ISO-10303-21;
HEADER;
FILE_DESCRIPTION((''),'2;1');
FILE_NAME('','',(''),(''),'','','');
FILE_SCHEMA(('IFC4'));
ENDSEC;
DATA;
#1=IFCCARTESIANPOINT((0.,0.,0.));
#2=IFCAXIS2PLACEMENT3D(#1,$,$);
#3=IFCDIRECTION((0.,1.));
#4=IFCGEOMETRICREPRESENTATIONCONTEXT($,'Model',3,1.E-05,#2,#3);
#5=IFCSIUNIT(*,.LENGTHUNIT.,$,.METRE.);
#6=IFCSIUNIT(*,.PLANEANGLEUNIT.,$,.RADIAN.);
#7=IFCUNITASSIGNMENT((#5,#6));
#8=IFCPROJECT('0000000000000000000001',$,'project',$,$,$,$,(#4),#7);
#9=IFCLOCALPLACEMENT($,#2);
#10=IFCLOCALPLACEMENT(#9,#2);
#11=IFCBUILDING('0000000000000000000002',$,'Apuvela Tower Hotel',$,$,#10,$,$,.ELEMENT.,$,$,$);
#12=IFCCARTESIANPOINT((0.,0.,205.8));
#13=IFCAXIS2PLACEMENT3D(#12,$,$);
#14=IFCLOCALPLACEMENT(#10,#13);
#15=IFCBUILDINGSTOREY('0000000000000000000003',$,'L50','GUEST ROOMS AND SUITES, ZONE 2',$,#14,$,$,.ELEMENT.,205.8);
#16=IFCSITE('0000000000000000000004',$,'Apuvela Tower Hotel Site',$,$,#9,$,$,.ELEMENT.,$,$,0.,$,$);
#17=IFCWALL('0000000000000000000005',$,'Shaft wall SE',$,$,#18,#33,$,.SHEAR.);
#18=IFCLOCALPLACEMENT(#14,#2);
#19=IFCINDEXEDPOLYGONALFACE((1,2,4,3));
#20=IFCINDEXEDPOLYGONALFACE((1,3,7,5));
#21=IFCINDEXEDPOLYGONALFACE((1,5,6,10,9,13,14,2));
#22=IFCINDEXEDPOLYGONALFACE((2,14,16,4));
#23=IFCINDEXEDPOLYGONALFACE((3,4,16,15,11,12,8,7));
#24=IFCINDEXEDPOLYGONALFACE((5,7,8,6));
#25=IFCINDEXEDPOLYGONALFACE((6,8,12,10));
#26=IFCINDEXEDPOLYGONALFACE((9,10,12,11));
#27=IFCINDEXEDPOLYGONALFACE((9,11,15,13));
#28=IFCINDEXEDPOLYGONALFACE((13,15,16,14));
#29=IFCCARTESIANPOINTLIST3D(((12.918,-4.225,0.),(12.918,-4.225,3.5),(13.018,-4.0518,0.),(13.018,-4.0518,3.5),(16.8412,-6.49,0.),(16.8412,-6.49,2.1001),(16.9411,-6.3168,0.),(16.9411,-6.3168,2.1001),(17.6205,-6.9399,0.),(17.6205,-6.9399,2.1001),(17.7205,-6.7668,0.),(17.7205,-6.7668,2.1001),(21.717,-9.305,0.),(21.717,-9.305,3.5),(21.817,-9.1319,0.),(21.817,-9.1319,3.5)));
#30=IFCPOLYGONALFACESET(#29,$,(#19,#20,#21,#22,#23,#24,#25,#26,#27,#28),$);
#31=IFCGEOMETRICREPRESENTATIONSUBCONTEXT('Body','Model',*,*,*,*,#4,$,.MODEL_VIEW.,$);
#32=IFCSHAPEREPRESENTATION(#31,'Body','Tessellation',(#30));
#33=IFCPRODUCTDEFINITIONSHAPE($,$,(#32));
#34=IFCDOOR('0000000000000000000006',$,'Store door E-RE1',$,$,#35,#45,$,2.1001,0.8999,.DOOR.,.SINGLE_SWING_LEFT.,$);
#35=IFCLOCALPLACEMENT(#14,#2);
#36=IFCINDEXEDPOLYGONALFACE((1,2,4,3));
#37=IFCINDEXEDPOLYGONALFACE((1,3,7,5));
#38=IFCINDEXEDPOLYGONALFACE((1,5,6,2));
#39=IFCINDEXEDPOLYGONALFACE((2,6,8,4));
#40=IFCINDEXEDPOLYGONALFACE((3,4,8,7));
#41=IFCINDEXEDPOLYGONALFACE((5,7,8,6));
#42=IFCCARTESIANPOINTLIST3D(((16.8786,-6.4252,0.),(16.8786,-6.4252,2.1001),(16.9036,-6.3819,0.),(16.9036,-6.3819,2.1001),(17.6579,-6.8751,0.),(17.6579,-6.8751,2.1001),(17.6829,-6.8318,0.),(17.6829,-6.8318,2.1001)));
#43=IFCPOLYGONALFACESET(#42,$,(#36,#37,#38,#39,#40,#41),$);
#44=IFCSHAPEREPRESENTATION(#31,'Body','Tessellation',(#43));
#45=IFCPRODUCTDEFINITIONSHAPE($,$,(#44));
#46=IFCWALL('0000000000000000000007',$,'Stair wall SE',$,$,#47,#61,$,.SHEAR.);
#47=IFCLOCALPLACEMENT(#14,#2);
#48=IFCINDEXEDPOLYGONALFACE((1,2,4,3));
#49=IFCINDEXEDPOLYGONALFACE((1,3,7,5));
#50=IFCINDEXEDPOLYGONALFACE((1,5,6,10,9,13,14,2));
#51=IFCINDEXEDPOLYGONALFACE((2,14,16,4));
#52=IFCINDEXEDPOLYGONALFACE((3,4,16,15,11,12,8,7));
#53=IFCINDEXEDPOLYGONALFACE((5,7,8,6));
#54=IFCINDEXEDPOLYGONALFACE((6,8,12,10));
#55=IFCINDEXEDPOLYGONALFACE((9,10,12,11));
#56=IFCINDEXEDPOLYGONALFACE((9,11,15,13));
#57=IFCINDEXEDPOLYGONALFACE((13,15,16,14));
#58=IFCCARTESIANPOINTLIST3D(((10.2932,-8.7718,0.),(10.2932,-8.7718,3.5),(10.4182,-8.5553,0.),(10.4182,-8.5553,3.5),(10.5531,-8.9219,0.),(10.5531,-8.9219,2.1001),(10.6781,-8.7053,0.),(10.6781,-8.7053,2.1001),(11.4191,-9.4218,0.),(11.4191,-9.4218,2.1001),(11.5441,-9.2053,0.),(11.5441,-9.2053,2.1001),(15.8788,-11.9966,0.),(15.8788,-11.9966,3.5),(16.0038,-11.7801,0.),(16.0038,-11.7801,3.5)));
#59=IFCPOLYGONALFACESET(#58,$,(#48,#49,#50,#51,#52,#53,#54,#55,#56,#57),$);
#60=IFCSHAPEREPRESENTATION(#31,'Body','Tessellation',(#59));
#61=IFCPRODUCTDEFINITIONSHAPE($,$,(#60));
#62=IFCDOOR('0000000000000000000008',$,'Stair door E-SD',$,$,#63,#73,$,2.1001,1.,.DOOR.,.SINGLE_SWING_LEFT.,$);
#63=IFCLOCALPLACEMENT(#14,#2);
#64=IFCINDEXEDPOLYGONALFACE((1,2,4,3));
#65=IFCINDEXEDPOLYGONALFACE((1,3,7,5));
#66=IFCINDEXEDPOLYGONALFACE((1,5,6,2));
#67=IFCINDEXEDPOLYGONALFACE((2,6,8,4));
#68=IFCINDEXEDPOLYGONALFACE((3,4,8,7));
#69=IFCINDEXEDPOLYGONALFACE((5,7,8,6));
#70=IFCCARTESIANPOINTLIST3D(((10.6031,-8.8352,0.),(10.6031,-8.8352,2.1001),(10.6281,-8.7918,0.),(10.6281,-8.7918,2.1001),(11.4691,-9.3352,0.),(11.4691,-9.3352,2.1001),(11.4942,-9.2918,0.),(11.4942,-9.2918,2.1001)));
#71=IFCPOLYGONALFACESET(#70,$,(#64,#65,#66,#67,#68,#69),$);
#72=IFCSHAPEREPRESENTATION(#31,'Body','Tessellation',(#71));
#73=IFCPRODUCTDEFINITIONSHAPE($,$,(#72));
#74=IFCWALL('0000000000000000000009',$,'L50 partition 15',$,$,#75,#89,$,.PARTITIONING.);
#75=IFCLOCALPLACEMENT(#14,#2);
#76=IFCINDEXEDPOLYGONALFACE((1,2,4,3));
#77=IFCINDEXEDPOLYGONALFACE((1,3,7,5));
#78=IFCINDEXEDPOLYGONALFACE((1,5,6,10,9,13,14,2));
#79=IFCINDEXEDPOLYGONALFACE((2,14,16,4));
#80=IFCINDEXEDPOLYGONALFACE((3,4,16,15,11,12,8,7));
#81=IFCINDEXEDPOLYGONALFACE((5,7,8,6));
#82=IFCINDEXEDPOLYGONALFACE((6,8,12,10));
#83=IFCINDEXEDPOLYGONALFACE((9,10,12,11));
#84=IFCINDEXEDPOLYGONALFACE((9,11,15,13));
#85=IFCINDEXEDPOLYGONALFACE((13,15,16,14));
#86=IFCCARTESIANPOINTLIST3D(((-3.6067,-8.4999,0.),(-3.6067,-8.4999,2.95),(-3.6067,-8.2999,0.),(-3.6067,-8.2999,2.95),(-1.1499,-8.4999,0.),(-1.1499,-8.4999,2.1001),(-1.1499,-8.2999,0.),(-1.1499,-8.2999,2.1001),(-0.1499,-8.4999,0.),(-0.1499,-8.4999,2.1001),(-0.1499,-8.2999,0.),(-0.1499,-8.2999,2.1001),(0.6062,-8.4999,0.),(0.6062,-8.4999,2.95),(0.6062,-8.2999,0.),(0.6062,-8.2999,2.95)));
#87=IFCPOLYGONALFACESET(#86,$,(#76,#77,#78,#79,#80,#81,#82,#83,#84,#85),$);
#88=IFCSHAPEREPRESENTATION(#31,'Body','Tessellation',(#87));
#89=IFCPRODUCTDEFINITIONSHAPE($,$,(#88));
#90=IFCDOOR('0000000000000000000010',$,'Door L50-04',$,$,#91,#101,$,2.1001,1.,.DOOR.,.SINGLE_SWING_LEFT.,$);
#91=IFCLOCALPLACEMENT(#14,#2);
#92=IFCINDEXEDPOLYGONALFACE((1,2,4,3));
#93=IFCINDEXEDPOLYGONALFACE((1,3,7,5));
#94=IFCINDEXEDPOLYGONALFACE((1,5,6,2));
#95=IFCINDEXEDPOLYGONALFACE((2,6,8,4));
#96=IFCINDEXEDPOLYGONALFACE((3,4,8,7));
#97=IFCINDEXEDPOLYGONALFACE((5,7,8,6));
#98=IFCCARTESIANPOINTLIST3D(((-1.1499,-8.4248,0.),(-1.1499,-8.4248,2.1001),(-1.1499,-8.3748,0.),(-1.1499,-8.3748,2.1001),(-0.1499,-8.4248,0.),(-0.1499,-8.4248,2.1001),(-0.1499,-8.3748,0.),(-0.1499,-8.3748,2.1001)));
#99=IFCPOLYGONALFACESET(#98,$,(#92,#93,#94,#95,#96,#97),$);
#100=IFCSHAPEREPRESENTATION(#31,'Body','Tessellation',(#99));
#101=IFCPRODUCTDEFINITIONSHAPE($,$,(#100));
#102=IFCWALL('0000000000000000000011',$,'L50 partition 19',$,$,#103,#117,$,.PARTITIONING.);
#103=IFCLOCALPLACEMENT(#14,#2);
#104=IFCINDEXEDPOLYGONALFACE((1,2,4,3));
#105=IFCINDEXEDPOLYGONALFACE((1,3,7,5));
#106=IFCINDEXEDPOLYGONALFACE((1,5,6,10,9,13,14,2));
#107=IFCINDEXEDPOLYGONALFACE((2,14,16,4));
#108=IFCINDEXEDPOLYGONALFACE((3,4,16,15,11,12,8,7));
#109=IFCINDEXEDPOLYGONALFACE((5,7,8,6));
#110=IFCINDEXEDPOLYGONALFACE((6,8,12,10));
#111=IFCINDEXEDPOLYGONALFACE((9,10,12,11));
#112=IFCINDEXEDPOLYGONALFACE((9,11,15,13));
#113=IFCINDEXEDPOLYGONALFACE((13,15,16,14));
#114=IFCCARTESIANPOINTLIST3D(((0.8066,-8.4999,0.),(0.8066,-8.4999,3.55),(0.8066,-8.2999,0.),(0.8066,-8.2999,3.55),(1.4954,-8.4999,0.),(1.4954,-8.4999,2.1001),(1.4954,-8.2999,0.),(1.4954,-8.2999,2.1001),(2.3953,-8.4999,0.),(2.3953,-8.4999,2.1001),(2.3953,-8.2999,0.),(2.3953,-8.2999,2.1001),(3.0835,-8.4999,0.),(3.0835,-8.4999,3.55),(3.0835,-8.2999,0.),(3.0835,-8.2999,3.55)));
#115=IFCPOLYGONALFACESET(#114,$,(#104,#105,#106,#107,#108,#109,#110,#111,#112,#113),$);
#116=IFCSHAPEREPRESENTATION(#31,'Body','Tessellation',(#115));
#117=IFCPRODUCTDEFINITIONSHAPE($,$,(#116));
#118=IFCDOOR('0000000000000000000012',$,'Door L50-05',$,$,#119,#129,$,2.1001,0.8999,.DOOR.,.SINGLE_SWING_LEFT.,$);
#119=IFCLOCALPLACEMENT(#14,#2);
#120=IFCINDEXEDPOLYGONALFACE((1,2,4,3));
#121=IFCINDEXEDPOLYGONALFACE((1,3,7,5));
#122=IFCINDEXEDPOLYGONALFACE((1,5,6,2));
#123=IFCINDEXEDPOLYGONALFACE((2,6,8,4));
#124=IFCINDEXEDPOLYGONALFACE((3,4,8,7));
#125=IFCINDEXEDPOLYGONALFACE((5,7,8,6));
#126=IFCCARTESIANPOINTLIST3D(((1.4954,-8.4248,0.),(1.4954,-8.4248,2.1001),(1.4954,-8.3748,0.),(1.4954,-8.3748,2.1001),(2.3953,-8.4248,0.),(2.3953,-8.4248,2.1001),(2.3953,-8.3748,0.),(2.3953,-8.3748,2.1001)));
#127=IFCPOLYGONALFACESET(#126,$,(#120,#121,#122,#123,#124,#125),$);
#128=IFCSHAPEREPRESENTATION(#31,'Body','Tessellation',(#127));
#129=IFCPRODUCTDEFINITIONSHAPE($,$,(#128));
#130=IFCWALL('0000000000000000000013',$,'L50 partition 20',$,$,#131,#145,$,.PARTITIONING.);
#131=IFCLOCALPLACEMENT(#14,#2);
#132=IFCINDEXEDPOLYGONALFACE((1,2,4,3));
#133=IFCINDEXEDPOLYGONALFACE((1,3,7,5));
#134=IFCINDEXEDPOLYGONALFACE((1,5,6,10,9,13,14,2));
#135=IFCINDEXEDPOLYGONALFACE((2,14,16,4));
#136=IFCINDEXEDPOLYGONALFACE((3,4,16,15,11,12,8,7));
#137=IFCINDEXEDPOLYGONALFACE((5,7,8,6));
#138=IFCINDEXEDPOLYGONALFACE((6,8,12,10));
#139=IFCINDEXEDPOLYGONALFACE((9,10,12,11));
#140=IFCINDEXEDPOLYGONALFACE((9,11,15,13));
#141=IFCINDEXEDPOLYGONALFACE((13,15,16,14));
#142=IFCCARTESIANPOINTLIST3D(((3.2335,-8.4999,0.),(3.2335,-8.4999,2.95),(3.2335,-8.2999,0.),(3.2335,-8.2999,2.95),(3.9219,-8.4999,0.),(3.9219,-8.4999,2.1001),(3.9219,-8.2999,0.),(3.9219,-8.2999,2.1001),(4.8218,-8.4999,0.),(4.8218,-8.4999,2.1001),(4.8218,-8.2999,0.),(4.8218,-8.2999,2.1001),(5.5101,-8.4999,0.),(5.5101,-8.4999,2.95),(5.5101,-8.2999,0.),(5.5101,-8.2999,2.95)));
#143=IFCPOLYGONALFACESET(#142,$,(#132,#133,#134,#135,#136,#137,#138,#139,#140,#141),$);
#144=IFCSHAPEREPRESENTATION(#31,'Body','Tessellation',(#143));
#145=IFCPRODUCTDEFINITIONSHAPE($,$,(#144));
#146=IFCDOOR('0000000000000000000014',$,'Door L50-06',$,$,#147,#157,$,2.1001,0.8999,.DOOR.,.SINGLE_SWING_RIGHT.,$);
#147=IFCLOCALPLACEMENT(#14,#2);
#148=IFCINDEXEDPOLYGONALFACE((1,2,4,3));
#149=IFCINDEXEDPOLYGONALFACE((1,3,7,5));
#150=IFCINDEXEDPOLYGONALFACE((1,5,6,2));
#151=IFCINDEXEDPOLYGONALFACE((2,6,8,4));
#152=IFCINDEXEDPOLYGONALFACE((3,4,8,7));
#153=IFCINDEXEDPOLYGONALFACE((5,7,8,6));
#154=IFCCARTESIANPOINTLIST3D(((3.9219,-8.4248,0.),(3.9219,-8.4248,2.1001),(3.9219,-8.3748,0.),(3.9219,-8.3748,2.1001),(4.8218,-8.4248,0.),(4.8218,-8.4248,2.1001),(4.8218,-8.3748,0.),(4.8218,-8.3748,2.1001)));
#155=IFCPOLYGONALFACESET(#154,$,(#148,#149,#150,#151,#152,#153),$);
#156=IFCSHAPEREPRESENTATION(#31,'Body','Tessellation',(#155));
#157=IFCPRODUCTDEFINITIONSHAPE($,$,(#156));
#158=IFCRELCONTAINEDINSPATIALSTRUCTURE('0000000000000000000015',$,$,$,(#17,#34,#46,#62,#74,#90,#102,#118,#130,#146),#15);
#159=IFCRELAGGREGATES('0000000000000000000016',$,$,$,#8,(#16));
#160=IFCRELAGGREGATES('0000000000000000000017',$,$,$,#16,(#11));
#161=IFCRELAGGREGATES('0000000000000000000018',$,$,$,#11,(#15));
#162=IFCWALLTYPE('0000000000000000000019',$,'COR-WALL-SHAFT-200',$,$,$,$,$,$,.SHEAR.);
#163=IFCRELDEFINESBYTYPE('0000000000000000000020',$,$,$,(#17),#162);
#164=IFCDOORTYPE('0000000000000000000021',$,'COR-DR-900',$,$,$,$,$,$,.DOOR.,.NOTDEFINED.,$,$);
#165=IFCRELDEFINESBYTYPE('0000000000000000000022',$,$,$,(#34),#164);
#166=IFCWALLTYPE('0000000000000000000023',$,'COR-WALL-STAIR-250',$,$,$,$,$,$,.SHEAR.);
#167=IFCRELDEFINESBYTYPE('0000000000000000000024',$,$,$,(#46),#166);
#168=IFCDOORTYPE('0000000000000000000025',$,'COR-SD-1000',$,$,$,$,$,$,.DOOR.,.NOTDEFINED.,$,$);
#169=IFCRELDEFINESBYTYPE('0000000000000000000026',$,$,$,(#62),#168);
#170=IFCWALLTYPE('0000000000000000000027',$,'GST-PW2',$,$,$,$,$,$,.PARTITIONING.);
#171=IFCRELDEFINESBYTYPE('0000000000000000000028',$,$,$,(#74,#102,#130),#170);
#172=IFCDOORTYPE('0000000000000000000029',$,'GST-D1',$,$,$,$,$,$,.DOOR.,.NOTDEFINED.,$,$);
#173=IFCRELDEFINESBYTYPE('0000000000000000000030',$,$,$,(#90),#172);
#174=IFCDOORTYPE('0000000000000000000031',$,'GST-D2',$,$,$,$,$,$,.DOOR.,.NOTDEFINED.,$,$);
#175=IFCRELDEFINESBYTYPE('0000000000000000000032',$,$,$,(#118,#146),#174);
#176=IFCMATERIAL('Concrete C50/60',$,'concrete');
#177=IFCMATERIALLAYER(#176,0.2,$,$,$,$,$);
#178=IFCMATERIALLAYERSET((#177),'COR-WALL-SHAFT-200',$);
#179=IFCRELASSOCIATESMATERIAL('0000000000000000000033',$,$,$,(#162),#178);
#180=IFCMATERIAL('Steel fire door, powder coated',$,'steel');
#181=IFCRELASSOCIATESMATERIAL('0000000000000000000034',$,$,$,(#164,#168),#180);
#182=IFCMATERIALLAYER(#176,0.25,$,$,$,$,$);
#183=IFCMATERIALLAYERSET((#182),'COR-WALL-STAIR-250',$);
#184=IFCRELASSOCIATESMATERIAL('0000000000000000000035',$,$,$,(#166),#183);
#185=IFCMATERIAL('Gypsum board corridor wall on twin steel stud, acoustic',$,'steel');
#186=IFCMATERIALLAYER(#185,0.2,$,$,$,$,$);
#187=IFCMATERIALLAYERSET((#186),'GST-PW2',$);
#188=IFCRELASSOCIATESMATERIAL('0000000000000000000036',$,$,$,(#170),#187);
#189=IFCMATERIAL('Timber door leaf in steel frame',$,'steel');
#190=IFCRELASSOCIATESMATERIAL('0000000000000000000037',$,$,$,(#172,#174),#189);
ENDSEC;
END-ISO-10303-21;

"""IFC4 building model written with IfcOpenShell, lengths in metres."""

from ifc_helpers import new_model, si_unit, direction, frame, frame_2d, origin, place, context, subcontext, project, spatial, rectangle, extrude, material, layer, layer_set, type_object, element, fill, save


model = new_model("IFC4")

# Units and contexts
model_context = context("Model", 3, precision=1e-05, world=origin(), true_north=direction((0.0, 1.0)))
body_context = subcontext(model_context, "Body", "Model", "MODEL_VIEW")
ifc_project = project(units=[si_unit("LENGTHUNIT", "METRE"), si_unit("PLANEANGLEUNIT", "RADIAN")], contexts=[model_context])

# Site, building, storey
site_placement = place(None, origin())
site = spatial("IfcSite", under=ifc_project, at=site_placement, Name="Apuvela Tower Hotel Site", CompositionType="ELEMENT", RefElevation=0.0)
building_placement = place(site_placement, origin())
building = spatial("IfcBuilding", under=site, at=building_placement, Name="Apuvela Tower Hotel", CompositionType="ELEMENT")
storey_placement = place(building_placement, frame((0.0, 0.0, 205.8)))
storey = spatial("IfcBuildingStorey", under=building, at=storey_placement, Name="L50", Description="GUEST ROOMS AND SUITES, ZONE 2", CompositionType="ELEMENT", Elevation=205.8)

# Shared definitions
ifc_material_1 = material(Name="Concrete C50/60", Category="concrete")
ifc_material_2 = material(Name="Steel fire door, powder coated", Category="steel")

# Shared definitions
ifc_layer_1 = layer(ifc_material_1, 0.2)
ifc_layer_set_1 = layer_set([ifc_layer_1], Name="COR-WALL-SHAFT-200")
wall_type_1 = type_object("IfcWallType", Name="COR-WALL-SHAFT-200", PredefinedType="SHEAR", material=ifc_layer_set_1)

# Walls, openings, doors
wall_1_placement = place(storey_placement, frame((12.968, -4.1384, 0.0), z_axis=(0.0, 0.0, 1.0), x_axis=(0.866028, -0.499995, 0.0)))
wall_1 = element("IfcWall", 1, at=wall_1_placement, inside=storey, type_object=wall_type_1, Name="Shaft wall SE", PredefinedType="SHEAR", context=body_context, shape_type="SweptSolid", body=[
    extrude(rectangle(XDim=10.1602, YDim=0.2, at=frame_2d((5.0801, 0.0))), origin(), (0.0, 0.0, 1.0), 3.5),
])
opening_1_placement = place(wall_1_placement, frame((4.53, 0.0, 0.0)))
opening_1 = element("IfcOpeningElement", 2, at=opening_1_placement, cuts=wall_1, PredefinedType="OPENING", context=body_context, shape_type="SweptSolid", body=[
    extrude(rectangle(XDim=0.8999, YDim=2.1001, at=frame_2d((0.45, 1.05))), frame((0.0, 0.1099, 0.0), z_axis=(0.0, -1.0, 0.0), x_axis=(1.0, 0.0, 0.0)), (0.0, 0.0, 1.0), 0.22),
])
door_type_1 = type_object("IfcDoorType", Name="COR-DR-900", OperationType="NOTDEFINED", PredefinedType="DOOR", material=ifc_material_2)
door_1_placement = place(opening_1_placement, origin())
door_1 = element("IfcDoor", 3, at=door_1_placement, inside=storey, type_object=door_type_1, Name="Store door E-RE1", OperationType="SINGLE_SWING_LEFT", OverallHeight=2.1001, OverallWidth=0.8999, PredefinedType="DOOR", context=body_context, shape_type="SweptSolid", body=[
    extrude(rectangle(XDim=0.8999, YDim=2.1001, at=frame_2d((0.45, 1.05))), frame((0.0, 0.0249, 0.0), z_axis=(0.0, -1.0, 0.0), x_axis=(1.0, 0.0, 0.0)), (0.0, 0.0, 1.0), 0.05),
])
fill(opening_1, door_1)
ifc_layer_2 = layer(ifc_material_1, 0.25)
ifc_layer_set_2 = layer_set([ifc_layer_2], Name="COR-WALL-STAIR-250")
wall_type_2 = type_object("IfcWallType", Name="COR-WALL-STAIR-250", PredefinedType="SHEAR", material=ifc_layer_set_2)
wall_2_placement = place(storey_placement, frame((10.3557, -8.6636, 0.0), z_axis=(0.0, 0.0, 1.0), x_axis=(0.866029, -0.499994, 0.0)))
wall_2 = element("IfcWall", 4, at=wall_2_placement, inside=storey, type_object=wall_type_2, Name="Stair wall SE", PredefinedType="SHEAR", context=body_context, shape_type="SweptSolid", body=[
    extrude(rectangle(XDim=6.4497, YDim=0.25, at=frame_2d((3.2249, 0.0))), origin(), (0.0, 0.0, 1.0), 3.5),
])
opening_2_placement = place(wall_2_placement, frame((0.3, 0.0, 0.0)))
opening_2 = element("IfcOpeningElement", 5, at=opening_2_placement, cuts=wall_2, PredefinedType="OPENING", context=body_context, shape_type="SweptSolid", body=[
    extrude(rectangle(XDim=1.0, YDim=2.1001, at=frame_2d((0.5, 1.05))), frame((0.0, 0.135, 0.0), z_axis=(0.0, -1.0, 0.0), x_axis=(1.0, 0.0, 0.0)), (0.0, 0.0, 1.0), 0.27),
])
door_type_2 = type_object("IfcDoorType", Name="COR-SD-1000", OperationType="NOTDEFINED", PredefinedType="DOOR", material=ifc_material_2)
door_2_placement = place(opening_2_placement, frame((1.0, 0.0, 0.0), z_axis=(0.0, 0.0, 1.0), x_axis=(-1.0, 0.0, 0.0)))
door_2 = element("IfcDoor", 6, at=door_2_placement, inside=storey, type_object=door_type_2, Name="Stair door E-SD", OperationType="SINGLE_SWING_LEFT", OverallHeight=2.1001, OverallWidth=1.0, PredefinedType="DOOR", context=body_context, shape_type="SweptSolid", body=[
    extrude(rectangle(XDim=1.0, YDim=2.1001, at=frame_2d((0.5, 1.05))), frame((0.0, 0.0249, 0.0), z_axis=(0.0, -1.0, 0.0), x_axis=(1.0, 0.0, 0.0)), (0.0, 0.0, 1.0), 0.05),
])
fill(opening_2, door_2)
ifc_material_3 = material(Name="Gypsum board corridor wall on twin steel stud, acoustic", Category="steel")
ifc_layer_3 = layer(ifc_material_3, 0.2)
ifc_layer_set_3 = layer_set([ifc_layer_3], Name="GST-PW2")
wall_type_3 = type_object("IfcWallType", Name="GST-PW2", PredefinedType="PARTITIONING", material=ifc_layer_set_3)
wall_3_placement = place(storey_placement, frame((0.6062, -8.3999, 0.0), z_axis=(0.0, 0.0, 1.0), x_axis=(-1.0, 0.0, 0.0)))
wall_3 = element("IfcWall", 7, at=wall_3_placement, inside=storey, type_object=wall_type_3, Name="L50 partition 15", PredefinedType="PARTITIONING", context=body_context, shape_type="SweptSolid", body=[
    extrude(rectangle(XDim=4.2129, YDim=0.2, at=frame_2d((2.1064, 0.0))), origin(), (0.0, 0.0, 1.0), 2.95),
])
opening_3_placement = place(wall_3_placement, frame((0.7561, 0.0, 0.0)))
opening_3 = element("IfcOpeningElement", 8, at=opening_3_placement, cuts=wall_3, PredefinedType="OPENING", context=body_context, shape_type="SweptSolid", body=[
    extrude(rectangle(XDim=1.0, YDim=2.1001, at=frame_2d((0.5, 1.05))), frame((0.0, 0.1099, 0.0), z_axis=(0.0, -1.0, 0.0), x_axis=(1.0, 0.0, 0.0)), (0.0, 0.0, 1.0), 0.22),
])
ifc_material_4 = material(Name="Timber door leaf in steel frame", Category="steel")
door_type_3 = type_object("IfcDoorType", Name="GST-D1", OperationType="NOTDEFINED", PredefinedType="DOOR", material=ifc_material_4)
door_3_placement = place(opening_3_placement, origin())
door_3 = element("IfcDoor", 9, at=door_3_placement, inside=storey, type_object=door_type_3, Name="Door L50-04", OperationType="SINGLE_SWING_LEFT", OverallHeight=2.1001, OverallWidth=1.0, PredefinedType="DOOR", context=body_context, shape_type="SweptSolid", body=[
    extrude(rectangle(XDim=1.0, YDim=2.1001, at=frame_2d((0.5, 1.05))), frame((0.0, 0.0249, 0.0), z_axis=(0.0, -1.0, 0.0), x_axis=(1.0, 0.0, 0.0)), (0.0, 0.0, 1.0), 0.05),
])
fill(opening_3, door_3)
wall_4_placement = place(storey_placement, frame((3.0835, -8.3999, 0.0), z_axis=(0.0, 0.0, 1.0), x_axis=(-1.0, 0.0, 0.0)))
wall_4 = element("IfcWall", 10, at=wall_4_placement, inside=storey, type_object=wall_type_3, Name="L50 partition 19", PredefinedType="PARTITIONING", context=body_context, shape_type="SweptSolid", body=[
    extrude(rectangle(XDim=2.2769, YDim=0.2, at=frame_2d((1.1384, 0.0))), origin(), (0.0, 0.0, 1.0), 3.55),
])
opening_4_placement = place(wall_4_placement, frame((0.6882, 0.0, 0.0)))
opening_4 = element("IfcOpeningElement", 11, at=opening_4_placement, cuts=wall_4, PredefinedType="OPENING", context=body_context, shape_type="SweptSolid", body=[
    extrude(rectangle(XDim=0.8999, YDim=2.1001, at=frame_2d((0.45, 1.05))), frame((0.0, 0.1099, 0.0), z_axis=(0.0, -1.0, 0.0), x_axis=(1.0, 0.0, 0.0)), (0.0, 0.0, 1.0), 0.22),
])
door_type_4 = type_object("IfcDoorType", Name="GST-D2", OperationType="NOTDEFINED", PredefinedType="DOOR", material=ifc_material_4)
door_4_placement = place(opening_4_placement, origin())
door_4 = element("IfcDoor", 12, at=door_4_placement, inside=storey, type_object=door_type_4, Name="Door L50-05", OperationType="SINGLE_SWING_LEFT", OverallHeight=2.1001, OverallWidth=0.8999, PredefinedType="DOOR", context=body_context, shape_type="SweptSolid", body=[
    extrude(rectangle(XDim=0.8999, YDim=2.1001, at=frame_2d((0.45, 1.05))), frame((0.0, 0.0249, 0.0), z_axis=(0.0, -1.0, 0.0), x_axis=(1.0, 0.0, 0.0)), (0.0, 0.0, 1.0), 0.05),
])
fill(opening_4, door_4)
wall_5_placement = place(storey_placement, frame((5.51, -8.3999, 0.0), z_axis=(0.0, 0.0, 1.0), x_axis=(-1.0, 0.0, 0.0)))
wall_5 = element("IfcWall", 13, at=wall_5_placement, inside=storey, type_object=wall_type_3, Name="L50 partition 20", PredefinedType="PARTITIONING", context=body_context, shape_type="SweptSolid", body=[
    extrude(rectangle(XDim=2.2766, YDim=0.2, at=frame_2d((1.1382, 0.0))), origin(), (0.0, 0.0, 1.0), 2.95),
])
opening_5_placement = place(wall_5_placement, frame((0.6882, 0.0, 0.0)))
opening_5 = element("IfcOpeningElement", 14, at=opening_5_placement, cuts=wall_5, PredefinedType="OPENING", context=body_context, shape_type="SweptSolid", body=[
    extrude(rectangle(XDim=0.8999, YDim=2.1001, at=frame_2d((0.45, 1.05))), frame((0.0, 0.1099, 0.0), z_axis=(0.0, -1.0, 0.0), x_axis=(1.0, 0.0, 0.0)), (0.0, 0.0, 1.0), 0.22),
])
door_5_placement = place(opening_5_placement, origin())
door_5 = element("IfcDoor", 15, at=door_5_placement, inside=storey, type_object=door_type_4, Name="Door L50-06", OperationType="SINGLE_SWING_RIGHT", OverallHeight=2.1001, OverallWidth=0.8999, PredefinedType="DOOR", context=body_context, shape_type="SweptSolid", body=[
    extrude(rectangle(XDim=0.8999, YDim=2.1001, at=frame_2d((0.45, 1.05))), frame((0.0, 0.0249, 0.0), z_axis=(0.0, -1.0, 0.0), x_axis=(1.0, 0.0, 0.0)), (0.0, 0.0, 1.0), 0.05),
])
fill(opening_5, door_5)

save(model, "model.ifc")
